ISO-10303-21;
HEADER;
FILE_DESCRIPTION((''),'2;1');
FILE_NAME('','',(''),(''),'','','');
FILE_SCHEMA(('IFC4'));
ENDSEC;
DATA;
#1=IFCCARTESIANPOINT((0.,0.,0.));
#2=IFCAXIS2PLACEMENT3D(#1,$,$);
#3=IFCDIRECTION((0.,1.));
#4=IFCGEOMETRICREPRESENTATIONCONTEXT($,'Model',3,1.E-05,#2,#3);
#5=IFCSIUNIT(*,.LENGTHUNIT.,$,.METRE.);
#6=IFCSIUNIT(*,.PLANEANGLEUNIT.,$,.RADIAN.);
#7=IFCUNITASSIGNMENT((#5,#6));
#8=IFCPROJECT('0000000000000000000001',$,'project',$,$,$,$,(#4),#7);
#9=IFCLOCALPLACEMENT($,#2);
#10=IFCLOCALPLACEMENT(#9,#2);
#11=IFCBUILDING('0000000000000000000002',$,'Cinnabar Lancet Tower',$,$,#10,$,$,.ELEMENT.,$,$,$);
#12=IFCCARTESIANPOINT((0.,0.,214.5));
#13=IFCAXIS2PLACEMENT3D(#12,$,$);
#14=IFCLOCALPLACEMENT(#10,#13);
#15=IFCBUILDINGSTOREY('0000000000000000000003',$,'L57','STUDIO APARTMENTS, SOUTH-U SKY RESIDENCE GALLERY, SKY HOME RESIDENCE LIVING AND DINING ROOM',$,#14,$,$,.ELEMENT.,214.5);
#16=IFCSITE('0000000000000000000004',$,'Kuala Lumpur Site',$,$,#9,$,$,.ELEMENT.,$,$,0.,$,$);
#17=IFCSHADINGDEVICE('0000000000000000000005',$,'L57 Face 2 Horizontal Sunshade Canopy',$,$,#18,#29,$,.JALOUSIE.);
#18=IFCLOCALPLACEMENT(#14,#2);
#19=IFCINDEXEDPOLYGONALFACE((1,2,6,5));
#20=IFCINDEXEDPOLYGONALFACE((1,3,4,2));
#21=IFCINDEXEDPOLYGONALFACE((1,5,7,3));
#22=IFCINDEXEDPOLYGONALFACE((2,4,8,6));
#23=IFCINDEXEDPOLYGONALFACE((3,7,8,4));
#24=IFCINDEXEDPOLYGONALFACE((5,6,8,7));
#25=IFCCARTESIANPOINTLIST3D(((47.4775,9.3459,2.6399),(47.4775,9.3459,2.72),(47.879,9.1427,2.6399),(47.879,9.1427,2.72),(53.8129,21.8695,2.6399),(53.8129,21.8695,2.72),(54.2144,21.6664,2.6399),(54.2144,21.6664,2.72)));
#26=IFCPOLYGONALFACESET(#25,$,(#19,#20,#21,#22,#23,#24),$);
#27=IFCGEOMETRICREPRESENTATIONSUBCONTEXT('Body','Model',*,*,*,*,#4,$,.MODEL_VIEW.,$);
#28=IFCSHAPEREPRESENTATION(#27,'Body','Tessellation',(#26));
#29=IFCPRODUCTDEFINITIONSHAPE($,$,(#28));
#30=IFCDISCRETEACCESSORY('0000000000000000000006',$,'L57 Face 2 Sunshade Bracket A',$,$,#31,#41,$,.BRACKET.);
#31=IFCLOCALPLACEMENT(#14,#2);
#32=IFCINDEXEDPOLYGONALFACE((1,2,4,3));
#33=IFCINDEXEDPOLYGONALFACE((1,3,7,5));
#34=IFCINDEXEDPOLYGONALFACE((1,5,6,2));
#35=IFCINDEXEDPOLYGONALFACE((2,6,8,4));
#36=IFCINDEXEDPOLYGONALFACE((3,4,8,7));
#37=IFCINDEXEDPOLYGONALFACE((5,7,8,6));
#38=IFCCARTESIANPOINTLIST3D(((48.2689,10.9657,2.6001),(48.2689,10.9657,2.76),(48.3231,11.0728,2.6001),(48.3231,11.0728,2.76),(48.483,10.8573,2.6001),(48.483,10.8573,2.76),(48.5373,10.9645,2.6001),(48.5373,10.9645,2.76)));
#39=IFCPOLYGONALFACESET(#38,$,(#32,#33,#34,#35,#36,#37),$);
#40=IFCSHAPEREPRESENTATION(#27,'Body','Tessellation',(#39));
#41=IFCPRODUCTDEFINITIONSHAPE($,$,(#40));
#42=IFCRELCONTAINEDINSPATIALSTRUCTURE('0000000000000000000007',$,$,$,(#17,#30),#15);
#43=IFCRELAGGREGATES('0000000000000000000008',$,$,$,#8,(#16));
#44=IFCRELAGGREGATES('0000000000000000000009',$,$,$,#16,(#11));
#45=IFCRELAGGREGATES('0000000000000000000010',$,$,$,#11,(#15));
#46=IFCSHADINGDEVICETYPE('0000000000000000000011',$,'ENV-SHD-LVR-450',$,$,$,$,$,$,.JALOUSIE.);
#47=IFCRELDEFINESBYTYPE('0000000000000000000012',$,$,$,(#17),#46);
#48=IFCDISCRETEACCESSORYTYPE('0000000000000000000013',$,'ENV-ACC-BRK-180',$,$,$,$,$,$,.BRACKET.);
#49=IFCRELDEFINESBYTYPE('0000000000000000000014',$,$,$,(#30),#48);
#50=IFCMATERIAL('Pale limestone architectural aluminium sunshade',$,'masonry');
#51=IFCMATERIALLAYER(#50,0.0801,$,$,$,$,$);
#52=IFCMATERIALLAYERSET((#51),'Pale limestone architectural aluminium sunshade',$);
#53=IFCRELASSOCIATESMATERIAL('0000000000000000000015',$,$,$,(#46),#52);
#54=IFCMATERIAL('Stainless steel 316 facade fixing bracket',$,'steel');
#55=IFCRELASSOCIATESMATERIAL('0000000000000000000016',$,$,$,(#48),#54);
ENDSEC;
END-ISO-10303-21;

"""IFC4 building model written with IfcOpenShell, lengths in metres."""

from ifc_helpers import new_model, si_unit, direction, frame, origin, origin_2d, place, context, subcontext, project, spatial, rectangle, extrude, material, layer, layer_set, type_object, element, save


model = new_model("IFC4")

# Units and contexts
model_context = context("Model", 3, precision=1e-05, world=origin(), true_north=direction((0.0, 1.0)))
body_context = subcontext(model_context, "Body", "Model", "MODEL_VIEW")
ifc_project = project(units=[si_unit("LENGTHUNIT", "METRE"), si_unit("PLANEANGLEUNIT", "RADIAN")], contexts=[model_context])

# Site, building, storey
site_placement = place(None, origin())
site = spatial("IfcSite", under=ifc_project, at=site_placement, Name="Kuala Lumpur Site", CompositionType="ELEMENT", RefElevation=0.0)
building_placement = place(site_placement, origin())
building = spatial("IfcBuilding", under=site, at=building_placement, Name="Cinnabar Lancet Tower", CompositionType="ELEMENT")
storey_placement = place(building_placement, frame((0.0, 0.0, 214.5)))
storey = spatial("IfcBuildingStorey", under=building, at=storey_placement, Name="L57", Description="STUDIO APARTMENTS, SOUTH-U SKY RESIDENCE GALLERY, SKY HOME RESIDENCE LIVING AND DINING ROOM", CompositionType="ELEMENT", Elevation=214.5)

# Shading device
ifc_material_1 = material(Name="Pale limestone architectural aluminium sunshade", Category="masonry")
ifc_layer_1 = layer(ifc_material_1, 0.0801)
ifc_layer_set_1 = layer_set([ifc_layer_1], Name="Pale limestone architectural aluminium sunshade")
shading_device_type = type_object("IfcShadingDeviceType", Name="ENV-SHD-LVR-450", PredefinedType="JALOUSIE", material=ifc_layer_set_1)
shading_device_placement = place(storey_placement, frame((50.8459, 15.5061, 2.6399), z_axis=(0.0, 0.0, 1.0), x_axis=(0.451407, 0.892318, 0.0)))
element("IfcShadingDevice", 1, at=shading_device_placement, inside=storey, type_object=shading_device_type, Name="L57 Face 2 Horizontal Sunshade Canopy", PredefinedType="JALOUSIE", context=body_context, shape_type="SweptSolid", body=[
    extrude(rectangle(XDim=14.0349, YDim=0.45, at=origin_2d()), origin(), (0.0, 0.0, 1.0), 0.0801),
])

# Discrete accessory
ifc_material_2 = material(Name="Stainless steel 316 facade fixing bracket", Category="steel")
discrete_accessory_type = type_object("IfcDiscreteAccessoryType", Name="ENV-ACC-BRK-180", PredefinedType="BRACKET", material=ifc_material_2)
discrete_accessory_placement = place(storey_placement, frame((48.4031, 10.9651, 2.6001), z_axis=(0.0, 0.0, 1.0), x_axis=(0.451407, 0.892318, 0.0)))
element("IfcDiscreteAccessory", 2, at=discrete_accessory_placement, inside=storey, type_object=discrete_accessory_type, Name="L57 Face 2 Sunshade Bracket A", PredefinedType="BRACKET", context=body_context, shape_type="SweptSolid", body=[
    extrude(rectangle(XDim=0.1201, YDim=0.24, at=origin_2d()), origin(), (0.0, 0.0, 1.0), 0.1599),
])

save(model, "model.ifc")
